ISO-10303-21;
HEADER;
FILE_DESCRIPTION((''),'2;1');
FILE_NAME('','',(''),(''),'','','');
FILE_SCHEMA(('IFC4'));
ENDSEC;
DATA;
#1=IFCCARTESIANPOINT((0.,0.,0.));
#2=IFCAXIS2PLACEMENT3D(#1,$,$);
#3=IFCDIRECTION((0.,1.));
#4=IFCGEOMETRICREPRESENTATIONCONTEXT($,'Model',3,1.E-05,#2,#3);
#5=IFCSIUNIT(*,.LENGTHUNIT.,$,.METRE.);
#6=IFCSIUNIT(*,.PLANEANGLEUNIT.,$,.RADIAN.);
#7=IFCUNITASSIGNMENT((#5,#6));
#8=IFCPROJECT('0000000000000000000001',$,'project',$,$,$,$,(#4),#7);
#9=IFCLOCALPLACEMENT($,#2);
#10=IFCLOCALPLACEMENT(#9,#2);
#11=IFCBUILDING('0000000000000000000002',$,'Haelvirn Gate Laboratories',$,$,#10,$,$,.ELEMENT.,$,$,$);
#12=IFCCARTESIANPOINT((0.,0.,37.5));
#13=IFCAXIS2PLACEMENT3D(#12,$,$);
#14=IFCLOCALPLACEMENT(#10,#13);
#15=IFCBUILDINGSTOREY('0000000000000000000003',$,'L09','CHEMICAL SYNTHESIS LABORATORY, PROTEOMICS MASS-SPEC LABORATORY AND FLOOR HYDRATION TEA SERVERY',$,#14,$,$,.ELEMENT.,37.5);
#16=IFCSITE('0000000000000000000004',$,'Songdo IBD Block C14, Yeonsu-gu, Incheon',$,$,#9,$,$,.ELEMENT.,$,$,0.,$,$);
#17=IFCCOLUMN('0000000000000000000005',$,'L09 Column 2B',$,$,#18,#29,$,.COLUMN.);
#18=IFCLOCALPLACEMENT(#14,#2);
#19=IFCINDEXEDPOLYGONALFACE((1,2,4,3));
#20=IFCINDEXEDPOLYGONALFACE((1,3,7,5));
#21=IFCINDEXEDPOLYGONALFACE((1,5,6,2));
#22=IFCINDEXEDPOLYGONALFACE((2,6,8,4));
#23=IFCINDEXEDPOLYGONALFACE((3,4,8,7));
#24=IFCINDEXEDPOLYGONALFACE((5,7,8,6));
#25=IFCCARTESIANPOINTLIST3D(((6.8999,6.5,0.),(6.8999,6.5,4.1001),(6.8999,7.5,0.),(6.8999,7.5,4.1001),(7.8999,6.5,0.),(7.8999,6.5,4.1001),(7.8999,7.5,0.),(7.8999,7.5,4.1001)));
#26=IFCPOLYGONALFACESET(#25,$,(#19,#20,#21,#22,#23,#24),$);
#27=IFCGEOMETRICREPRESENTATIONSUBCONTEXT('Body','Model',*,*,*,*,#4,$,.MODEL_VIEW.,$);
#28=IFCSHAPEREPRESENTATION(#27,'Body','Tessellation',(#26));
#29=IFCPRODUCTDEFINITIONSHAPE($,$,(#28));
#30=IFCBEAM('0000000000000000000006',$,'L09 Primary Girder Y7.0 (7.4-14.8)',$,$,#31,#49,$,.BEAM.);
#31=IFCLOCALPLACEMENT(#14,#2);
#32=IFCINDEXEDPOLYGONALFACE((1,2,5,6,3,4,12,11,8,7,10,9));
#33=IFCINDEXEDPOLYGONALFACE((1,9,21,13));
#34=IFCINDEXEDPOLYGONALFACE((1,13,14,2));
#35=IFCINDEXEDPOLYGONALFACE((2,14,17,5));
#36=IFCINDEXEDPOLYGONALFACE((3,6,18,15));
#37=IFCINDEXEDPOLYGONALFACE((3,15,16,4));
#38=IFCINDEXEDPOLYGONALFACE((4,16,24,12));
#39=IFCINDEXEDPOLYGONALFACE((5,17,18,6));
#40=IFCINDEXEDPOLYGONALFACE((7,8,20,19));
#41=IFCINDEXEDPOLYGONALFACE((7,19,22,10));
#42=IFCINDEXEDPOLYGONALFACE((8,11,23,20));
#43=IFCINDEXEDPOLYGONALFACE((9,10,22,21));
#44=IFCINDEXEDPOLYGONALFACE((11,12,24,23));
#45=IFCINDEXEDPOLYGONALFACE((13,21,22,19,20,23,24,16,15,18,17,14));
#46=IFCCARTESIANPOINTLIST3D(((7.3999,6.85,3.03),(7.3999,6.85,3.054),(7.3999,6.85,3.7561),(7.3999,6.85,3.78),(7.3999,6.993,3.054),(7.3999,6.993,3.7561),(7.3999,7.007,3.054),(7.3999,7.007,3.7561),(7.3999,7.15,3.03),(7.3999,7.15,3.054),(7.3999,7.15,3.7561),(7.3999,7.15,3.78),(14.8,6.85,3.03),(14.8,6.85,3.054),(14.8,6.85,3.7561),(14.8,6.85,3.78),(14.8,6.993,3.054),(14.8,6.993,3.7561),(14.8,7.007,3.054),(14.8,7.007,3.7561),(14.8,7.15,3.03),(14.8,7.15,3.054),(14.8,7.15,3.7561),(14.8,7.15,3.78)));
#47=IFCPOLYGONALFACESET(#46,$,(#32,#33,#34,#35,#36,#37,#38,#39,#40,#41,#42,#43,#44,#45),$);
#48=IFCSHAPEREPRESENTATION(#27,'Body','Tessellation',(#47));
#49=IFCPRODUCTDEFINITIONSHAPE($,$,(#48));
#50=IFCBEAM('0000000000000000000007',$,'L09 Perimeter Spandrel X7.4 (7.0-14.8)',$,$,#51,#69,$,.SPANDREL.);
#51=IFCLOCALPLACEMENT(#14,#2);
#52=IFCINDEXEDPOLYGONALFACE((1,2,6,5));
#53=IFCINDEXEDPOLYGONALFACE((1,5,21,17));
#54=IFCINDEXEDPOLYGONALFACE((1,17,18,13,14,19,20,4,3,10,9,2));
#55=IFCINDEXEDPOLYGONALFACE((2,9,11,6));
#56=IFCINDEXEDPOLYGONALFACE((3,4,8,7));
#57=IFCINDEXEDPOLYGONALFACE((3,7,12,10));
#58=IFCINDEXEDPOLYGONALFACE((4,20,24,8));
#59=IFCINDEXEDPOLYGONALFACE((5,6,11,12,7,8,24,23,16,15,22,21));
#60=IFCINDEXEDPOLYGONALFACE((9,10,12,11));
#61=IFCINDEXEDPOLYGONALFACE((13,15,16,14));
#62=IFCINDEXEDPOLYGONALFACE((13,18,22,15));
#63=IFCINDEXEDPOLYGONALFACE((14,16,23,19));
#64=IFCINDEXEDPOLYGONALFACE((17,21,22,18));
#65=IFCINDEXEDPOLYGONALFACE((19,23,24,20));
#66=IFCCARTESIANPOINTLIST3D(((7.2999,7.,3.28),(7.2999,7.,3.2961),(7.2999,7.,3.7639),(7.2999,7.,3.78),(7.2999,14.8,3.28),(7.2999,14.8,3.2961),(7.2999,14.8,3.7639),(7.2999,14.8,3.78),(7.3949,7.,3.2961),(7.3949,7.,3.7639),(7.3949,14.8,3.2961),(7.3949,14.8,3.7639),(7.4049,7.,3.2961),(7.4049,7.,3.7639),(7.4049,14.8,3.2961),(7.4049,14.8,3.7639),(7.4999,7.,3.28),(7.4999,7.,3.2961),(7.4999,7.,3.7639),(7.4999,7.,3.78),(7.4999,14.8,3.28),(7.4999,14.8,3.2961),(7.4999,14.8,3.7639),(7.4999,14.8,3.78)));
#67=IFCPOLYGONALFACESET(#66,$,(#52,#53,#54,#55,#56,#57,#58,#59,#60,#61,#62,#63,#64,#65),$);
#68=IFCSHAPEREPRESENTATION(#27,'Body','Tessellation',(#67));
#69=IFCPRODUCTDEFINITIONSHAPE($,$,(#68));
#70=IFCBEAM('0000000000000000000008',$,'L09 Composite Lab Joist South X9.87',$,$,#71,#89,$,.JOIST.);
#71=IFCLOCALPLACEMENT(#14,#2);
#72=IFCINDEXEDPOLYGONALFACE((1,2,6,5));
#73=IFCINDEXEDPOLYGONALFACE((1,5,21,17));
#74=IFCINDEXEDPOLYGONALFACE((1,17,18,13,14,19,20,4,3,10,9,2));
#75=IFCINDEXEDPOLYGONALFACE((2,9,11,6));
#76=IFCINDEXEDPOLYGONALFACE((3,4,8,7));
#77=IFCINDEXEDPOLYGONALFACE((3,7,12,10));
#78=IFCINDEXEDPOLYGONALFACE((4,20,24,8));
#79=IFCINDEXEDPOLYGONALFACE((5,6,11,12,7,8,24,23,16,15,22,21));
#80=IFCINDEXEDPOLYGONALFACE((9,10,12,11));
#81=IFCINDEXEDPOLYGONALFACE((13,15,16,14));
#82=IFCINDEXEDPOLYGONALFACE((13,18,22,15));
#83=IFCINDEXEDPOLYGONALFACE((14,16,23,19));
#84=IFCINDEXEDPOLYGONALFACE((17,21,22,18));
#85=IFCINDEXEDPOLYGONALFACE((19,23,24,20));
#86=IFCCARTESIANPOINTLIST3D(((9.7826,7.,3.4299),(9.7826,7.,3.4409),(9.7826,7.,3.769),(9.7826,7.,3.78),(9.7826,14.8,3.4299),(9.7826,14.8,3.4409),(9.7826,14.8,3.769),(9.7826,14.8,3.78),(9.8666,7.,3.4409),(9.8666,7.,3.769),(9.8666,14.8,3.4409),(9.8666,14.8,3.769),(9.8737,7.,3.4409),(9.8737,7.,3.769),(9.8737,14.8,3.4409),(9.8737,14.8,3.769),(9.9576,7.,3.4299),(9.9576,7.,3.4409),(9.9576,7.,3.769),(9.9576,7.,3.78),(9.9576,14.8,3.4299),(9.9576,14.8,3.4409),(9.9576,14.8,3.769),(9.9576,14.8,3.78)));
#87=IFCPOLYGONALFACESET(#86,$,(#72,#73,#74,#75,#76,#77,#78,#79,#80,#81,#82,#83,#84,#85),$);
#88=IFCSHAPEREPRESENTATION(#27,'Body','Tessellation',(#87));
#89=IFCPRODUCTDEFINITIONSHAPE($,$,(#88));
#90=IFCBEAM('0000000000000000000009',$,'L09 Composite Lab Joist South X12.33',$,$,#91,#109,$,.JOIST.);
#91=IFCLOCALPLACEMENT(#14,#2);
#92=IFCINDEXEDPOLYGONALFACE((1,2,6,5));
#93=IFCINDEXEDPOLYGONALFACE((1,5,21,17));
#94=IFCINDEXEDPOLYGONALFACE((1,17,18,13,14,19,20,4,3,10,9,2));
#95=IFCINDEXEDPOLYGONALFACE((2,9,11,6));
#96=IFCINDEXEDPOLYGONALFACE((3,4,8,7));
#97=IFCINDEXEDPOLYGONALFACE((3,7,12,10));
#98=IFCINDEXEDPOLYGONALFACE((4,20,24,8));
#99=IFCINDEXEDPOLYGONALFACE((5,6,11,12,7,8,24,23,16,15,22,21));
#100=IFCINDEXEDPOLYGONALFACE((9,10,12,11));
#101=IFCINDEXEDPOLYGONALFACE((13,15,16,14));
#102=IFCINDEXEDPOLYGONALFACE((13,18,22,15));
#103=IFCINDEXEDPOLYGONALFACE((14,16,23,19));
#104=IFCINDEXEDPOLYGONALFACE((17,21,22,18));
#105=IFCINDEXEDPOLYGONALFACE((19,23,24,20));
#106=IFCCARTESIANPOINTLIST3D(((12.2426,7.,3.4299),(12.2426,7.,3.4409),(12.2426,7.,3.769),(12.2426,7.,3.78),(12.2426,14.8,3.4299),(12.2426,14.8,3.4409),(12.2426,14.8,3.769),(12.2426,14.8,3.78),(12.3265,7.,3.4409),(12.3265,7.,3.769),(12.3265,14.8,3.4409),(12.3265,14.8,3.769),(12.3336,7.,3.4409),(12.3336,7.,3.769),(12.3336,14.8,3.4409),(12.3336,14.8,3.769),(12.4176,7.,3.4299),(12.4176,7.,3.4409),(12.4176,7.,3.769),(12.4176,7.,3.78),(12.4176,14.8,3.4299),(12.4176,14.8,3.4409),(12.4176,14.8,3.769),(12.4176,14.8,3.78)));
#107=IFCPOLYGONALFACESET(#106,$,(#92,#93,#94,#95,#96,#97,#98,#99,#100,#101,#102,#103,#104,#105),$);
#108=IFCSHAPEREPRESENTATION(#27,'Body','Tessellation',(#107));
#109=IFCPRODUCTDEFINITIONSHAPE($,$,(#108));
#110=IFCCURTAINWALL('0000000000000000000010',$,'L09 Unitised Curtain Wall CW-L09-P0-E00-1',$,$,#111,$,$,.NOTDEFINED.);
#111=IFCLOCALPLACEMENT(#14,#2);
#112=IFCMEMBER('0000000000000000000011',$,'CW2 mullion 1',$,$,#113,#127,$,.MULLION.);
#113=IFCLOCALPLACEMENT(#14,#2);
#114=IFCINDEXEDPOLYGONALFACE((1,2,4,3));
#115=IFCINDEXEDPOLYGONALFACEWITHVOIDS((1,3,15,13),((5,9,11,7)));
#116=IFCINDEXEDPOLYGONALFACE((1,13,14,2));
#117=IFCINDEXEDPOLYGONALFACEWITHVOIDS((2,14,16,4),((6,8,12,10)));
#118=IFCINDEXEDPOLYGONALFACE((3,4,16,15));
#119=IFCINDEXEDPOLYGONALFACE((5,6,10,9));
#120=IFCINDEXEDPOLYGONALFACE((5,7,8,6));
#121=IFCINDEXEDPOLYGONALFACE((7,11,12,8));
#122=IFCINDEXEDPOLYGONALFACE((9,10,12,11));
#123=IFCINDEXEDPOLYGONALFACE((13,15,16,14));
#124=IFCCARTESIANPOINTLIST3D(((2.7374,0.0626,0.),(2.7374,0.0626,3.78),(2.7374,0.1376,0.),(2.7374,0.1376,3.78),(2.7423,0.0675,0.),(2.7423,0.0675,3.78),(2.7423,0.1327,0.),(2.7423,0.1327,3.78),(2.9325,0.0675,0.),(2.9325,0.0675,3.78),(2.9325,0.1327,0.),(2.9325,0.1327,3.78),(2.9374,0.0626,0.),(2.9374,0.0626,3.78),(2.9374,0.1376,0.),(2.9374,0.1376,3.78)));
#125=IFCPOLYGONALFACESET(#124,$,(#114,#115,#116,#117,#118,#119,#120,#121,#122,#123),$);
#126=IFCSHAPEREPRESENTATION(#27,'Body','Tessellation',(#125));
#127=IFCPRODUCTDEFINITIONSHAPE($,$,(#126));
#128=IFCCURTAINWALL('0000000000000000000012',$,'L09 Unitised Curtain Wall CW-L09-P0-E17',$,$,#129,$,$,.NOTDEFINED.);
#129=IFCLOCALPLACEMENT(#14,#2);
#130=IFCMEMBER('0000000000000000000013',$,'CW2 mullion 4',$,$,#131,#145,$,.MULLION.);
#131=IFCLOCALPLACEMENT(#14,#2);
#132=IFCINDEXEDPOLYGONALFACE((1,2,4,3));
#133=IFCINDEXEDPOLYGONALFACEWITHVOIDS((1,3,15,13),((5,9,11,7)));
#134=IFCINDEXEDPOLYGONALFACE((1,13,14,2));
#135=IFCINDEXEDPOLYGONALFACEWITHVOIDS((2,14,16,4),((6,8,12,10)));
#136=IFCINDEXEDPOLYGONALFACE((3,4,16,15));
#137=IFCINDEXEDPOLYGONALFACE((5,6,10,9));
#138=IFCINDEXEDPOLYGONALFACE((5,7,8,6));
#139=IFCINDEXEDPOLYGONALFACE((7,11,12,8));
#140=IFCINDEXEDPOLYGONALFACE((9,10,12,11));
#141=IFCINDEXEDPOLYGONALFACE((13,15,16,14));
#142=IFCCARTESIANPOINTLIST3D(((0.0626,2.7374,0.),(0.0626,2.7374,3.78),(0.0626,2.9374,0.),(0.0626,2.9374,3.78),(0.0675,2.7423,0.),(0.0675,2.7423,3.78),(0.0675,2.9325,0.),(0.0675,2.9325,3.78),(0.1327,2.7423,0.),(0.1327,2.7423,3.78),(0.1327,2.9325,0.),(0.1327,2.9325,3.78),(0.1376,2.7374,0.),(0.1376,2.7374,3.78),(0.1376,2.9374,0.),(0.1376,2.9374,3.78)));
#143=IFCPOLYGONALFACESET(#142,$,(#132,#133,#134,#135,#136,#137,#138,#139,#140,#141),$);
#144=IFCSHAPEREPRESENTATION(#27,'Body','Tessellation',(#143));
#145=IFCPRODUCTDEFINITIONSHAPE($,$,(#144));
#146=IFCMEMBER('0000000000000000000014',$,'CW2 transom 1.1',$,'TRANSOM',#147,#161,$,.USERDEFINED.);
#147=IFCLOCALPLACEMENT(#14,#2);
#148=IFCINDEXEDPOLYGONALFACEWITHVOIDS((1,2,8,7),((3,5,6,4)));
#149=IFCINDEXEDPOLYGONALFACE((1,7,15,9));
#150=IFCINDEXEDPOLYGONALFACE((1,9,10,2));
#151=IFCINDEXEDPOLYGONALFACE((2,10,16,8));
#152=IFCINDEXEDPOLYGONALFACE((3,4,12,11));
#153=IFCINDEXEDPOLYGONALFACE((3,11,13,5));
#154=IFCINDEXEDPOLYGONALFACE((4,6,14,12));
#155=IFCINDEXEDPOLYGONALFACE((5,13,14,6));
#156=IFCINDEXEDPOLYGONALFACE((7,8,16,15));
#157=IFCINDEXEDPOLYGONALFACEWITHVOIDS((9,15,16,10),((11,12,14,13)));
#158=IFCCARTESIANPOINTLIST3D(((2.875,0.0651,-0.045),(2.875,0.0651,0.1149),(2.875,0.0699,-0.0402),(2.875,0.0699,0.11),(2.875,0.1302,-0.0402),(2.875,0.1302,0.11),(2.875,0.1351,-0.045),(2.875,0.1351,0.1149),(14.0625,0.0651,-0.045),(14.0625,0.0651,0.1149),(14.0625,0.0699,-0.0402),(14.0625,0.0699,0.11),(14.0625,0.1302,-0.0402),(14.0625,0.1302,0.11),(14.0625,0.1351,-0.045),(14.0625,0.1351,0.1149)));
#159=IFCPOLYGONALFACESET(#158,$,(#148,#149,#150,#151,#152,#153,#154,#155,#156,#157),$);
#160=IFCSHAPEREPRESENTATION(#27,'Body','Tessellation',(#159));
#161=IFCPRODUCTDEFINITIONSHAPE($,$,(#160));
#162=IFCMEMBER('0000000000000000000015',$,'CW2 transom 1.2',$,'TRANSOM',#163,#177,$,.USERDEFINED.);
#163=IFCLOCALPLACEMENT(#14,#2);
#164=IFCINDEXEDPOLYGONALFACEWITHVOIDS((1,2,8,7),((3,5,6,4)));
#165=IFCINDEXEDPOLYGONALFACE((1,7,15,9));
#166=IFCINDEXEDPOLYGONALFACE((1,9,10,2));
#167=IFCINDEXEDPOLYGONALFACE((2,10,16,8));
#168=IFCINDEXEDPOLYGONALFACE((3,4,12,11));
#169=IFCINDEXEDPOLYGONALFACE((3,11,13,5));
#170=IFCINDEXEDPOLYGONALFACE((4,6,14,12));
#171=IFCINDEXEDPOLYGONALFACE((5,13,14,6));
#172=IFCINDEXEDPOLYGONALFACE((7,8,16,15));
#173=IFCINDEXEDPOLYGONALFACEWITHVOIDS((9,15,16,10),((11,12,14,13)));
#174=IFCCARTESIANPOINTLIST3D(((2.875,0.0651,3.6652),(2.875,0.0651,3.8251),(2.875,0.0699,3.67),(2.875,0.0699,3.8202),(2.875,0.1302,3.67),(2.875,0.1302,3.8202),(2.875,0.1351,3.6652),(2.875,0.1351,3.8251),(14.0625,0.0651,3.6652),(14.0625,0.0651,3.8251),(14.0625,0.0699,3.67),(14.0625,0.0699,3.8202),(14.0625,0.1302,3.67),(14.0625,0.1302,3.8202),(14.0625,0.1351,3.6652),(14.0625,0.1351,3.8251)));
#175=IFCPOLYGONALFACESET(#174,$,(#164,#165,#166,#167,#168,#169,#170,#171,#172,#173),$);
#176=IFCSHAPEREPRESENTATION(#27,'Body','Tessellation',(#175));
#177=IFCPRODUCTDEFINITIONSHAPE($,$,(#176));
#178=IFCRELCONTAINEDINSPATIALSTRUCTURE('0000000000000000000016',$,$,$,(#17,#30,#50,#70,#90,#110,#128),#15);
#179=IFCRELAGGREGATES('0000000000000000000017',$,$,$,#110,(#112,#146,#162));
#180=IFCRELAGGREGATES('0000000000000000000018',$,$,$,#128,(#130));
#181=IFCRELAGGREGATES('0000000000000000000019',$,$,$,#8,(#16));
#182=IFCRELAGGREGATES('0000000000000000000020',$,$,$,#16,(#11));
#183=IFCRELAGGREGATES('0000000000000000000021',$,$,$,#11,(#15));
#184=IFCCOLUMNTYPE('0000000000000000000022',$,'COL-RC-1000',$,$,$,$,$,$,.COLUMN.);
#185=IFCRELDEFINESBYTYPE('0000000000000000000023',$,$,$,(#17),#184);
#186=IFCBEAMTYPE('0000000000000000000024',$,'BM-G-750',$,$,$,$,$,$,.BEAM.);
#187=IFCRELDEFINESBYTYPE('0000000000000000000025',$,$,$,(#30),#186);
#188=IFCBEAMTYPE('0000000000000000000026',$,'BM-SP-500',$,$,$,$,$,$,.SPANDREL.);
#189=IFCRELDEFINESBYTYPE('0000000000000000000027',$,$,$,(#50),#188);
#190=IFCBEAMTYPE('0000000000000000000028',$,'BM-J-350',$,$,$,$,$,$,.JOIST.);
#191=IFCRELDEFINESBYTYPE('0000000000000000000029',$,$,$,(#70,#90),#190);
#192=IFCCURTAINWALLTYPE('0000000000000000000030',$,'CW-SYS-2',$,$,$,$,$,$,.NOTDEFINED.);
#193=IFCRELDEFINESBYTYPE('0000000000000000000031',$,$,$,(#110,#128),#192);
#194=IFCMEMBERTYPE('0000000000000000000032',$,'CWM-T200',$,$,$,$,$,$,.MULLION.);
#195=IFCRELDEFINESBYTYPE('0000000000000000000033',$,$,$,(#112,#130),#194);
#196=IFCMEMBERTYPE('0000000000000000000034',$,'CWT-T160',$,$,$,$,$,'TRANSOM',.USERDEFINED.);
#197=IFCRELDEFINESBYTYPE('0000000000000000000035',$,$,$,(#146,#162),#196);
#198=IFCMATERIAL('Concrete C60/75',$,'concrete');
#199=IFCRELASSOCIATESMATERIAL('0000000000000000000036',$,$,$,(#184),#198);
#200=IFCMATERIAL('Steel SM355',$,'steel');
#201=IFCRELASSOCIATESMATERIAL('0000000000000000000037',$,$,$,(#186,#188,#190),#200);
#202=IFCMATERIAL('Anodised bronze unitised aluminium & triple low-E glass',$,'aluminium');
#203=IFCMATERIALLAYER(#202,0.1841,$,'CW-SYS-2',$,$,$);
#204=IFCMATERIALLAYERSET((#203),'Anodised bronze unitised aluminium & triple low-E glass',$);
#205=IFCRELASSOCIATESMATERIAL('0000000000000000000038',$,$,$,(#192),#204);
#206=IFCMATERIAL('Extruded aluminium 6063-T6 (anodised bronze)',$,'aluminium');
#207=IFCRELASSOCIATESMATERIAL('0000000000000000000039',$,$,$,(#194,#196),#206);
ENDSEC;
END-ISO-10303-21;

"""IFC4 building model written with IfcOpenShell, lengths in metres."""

from ifc_helpers import new_model, si_unit, direction, frame, origin, origin_2d, place, context, subcontext, project, spatial, rectangle, hollow_rectangle, i_section, extrude, source, transform, mapped, material, layer, layer_set, material_profile, profile_set, type_object, type_shapes, element, aggregate, save


model = new_model("IFC4")

# Units and contexts
model_context = context("Model", 3, precision=1e-05, world=origin(), true_north=direction((0.0, 1.0)))
body_context = subcontext(model_context, "Body", "Model", "MODEL_VIEW")
ifc_project = project(units=[si_unit("LENGTHUNIT", "METRE"), si_unit("PLANEANGLEUNIT", "RADIAN")], contexts=[model_context])

# Site, building, storey
site_placement = place(None, origin())
site = spatial("IfcSite", under=ifc_project, at=site_placement, Name="Songdo IBD Block C14, Yeonsu-gu, Incheon", CompositionType="ELEMENT", RefElevation=0.0)
building_placement = place(site_placement, origin())
building = spatial("IfcBuilding", under=site, at=building_placement, Name="Haelvirn Gate Laboratories", CompositionType="ELEMENT")
storey_placement = place(building_placement, frame((0.0, 0.0, 37.5)))
storey = spatial("IfcBuildingStorey", under=building, at=storey_placement, Name="L09", Description="CHEMICAL SYNTHESIS LABORATORY, PROTEOMICS MASS-SPEC LABORATORY AND FLOOR HYDRATION TEA SERVERY", CompositionType="ELEMENT", Elevation=37.5)

# Column
ifc_material_1 = material(Name="Concrete C60/75", Category="concrete")
ifc_material_profile_1 = material_profile(ifc_material_1, rectangle(XDim=1.0, YDim=1.0, at=origin_2d()), Name="RC-1000x1000")
ifc_profile_set_1 = profile_set([ifc_material_profile_1], Name="Concrete C60/75")
column_type = type_object("IfcColumnType", Name="COL-RC-1000", PredefinedType="COLUMN", material=ifc_profile_set_1)
shared_shape_1 = source(origin(), body_context, "Body", "SweptSolid", [
    extrude(rectangle(XDim=1.0, YDim=1.0, at=origin_2d()), origin(), (0.0, 0.0, 1.0), 4.1001),
])
type_shapes(column_type, [shared_shape_1])
column_placement = place(storey_placement, frame((7.3999, 7.0, 0.0), z_axis=(0.0, 0.0, 1.0), x_axis=(1.0, 0.0, 0.0)))
element("IfcColumn", 1, at=column_placement, inside=storey, type_object=column_type, Name="L09 Column 2B", PredefinedType="COLUMN", context=body_context, shape_type="MappedRepresentation", body=[
    mapped(shared_shape_1, transform((0.0, 0.0, 0.0), scale=1.0)),
])

# Beams
ifc_material_2 = material(Name="Steel SM355", Category="steel")
ifc_material_profile_2 = material_profile(ifc_material_2, i_section(OverallWidth=0.3, OverallDepth=0.75, WebThickness=0.0139, FlangeThickness=0.0239, at=origin_2d()), Name="H-750x300x14x24")
ifc_profile_set_2 = profile_set([ifc_material_profile_2], Name="Steel SM355")
beam_type_1 = type_object("IfcBeamType", Name="BM-G-750", PredefinedType="BEAM", material=ifc_profile_set_2)
shared_shape_2 = source(origin(), body_context, "Body", "SweptSolid", [
    extrude(i_section(OverallWidth=0.3, OverallDepth=0.75, WebThickness=0.0139, FlangeThickness=0.0239, at=origin_2d()), origin(), (0.0, 0.0, 1.0), 7.4001),
])
type_shapes(beam_type_1, [shared_shape_2])
beam_1_placement = place(storey_placement, frame((7.3999, 7.0, 3.405), z_axis=(1.0, 0.0, 0.0), x_axis=(0.0, 1.0, 0.0)))
element("IfcBeam", 2, at=beam_1_placement, inside=storey, type_object=beam_type_1, Name="L09 Primary Girder Y7.0 (7.4-14.8)", PredefinedType="BEAM", context=body_context, shape_type="MappedRepresentation", body=[
    mapped(shared_shape_2, transform((0.0, 0.0, 0.0), scale=1.0)),
])
ifc_material_profile_3 = material_profile(ifc_material_2, i_section(OverallWidth=0.2, OverallDepth=0.5, WebThickness=0.01, FlangeThickness=0.0161, at=origin_2d()), Name="H-500x200x10x16")
ifc_profile_set_3 = profile_set([ifc_material_profile_3], Name="Steel SM355")
beam_type_2 = type_object("IfcBeamType", Name="BM-SP-500", PredefinedType="SPANDREL", material=ifc_profile_set_3)
shared_shape_3 = source(origin(), body_context, "Body", "SweptSolid", [
    extrude(i_section(OverallWidth=0.2, OverallDepth=0.5, WebThickness=0.01, FlangeThickness=0.0161, at=origin_2d()), origin(), (0.0, 0.0, 1.0), 7.8),
])
type_shapes(beam_type_2, [shared_shape_3])
beam_2_placement = place(storey_placement, frame((7.3999, 7.0, 3.53), z_axis=(0.0, 1.0, 0.0), x_axis=(-1.0, 0.0, 0.0)))
element("IfcBeam", 3, at=beam_2_placement, inside=storey, type_object=beam_type_2, Name="L09 Perimeter Spandrel X7.4 (7.0-14.8)", PredefinedType="SPANDREL", context=body_context, shape_type="MappedRepresentation", body=[
    mapped(shared_shape_3, transform((0.0, 0.0, 0.0), scale=1.0)),
])
ifc_material_profile_4 = material_profile(ifc_material_2, i_section(OverallWidth=0.175, OverallDepth=0.3501, WebThickness=0.0071, FlangeThickness=0.011, at=origin_2d()), Name="H-350x175x7x11")
ifc_profile_set_4 = profile_set([ifc_material_profile_4], Name="Steel SM355")
beam_type_3 = type_object("IfcBeamType", Name="BM-J-350", PredefinedType="JOIST", material=ifc_profile_set_4)
shared_shape_4 = source(origin(), body_context, "Body", "SweptSolid", [
    extrude(i_section(OverallWidth=0.175, OverallDepth=0.3501, WebThickness=0.0071, FlangeThickness=0.011, at=origin_2d()), origin(), (0.0, 0.0, 1.0), 7.8),
])
type_shapes(beam_type_3, [shared_shape_4])
for number, where, z_axis, x_axis, name in (
    (4, (9.8701, 7.0, 3.605), (0.0, 1.0, 0.0), (-1.0, 0.0, 0.0), "L09 Composite Lab Joist South X9.87"),
    (5, (12.3301, 7.0, 3.605), (0.0, 1.0, 0.0), (-1.0, 0.0, 0.0), "L09 Composite Lab Joist South X12.33"),
):
    element("IfcBeam", number, at=place(storey_placement, frame(where, z_axis=z_axis, x_axis=x_axis)), inside=storey, type_object=beam_type_3, Name=name, PredefinedType="JOIST", context=body_context, shape_type="MappedRepresentation", body=[
        mapped(shared_shape_4, transform((0.0, 0.0, 0.0), scale=1.0)),
    ])

# Curtain walls, members
ifc_material_3 = material(Name="Anodised bronze unitised aluminium & triple low-E glass", Category="aluminium")
ifc_layer_1 = layer(ifc_material_3, 0.1841, Name="CW-SYS-2")
ifc_layer_set_1 = layer_set([ifc_layer_1], Name="Anodised bronze unitised aluminium & triple low-E glass")
curtain_wall_type_1 = type_object("IfcCurtainWallType", Name="CW-SYS-2", PredefinedType="NOTDEFINED", material=ifc_layer_set_1)
curtain_wall_1_placement = place(storey_placement, origin())
curtain_wall_1 = element("IfcCurtainWall", 6, at=curtain_wall_1_placement, inside=storey, type_object=curtain_wall_type_1, Name="L09 Unitised Curtain Wall CW-L09-P0-E00-1", PredefinedType="NOTDEFINED")
ifc_material_4 = material(Name="Extruded aluminium 6063-T6 (anodised bronze)", Category="aluminium")
ifc_material_profile_5 = material_profile(ifc_material_4, hollow_rectangle(XDim=0.075, YDim=0.2, WallThickness=0.0049, at=origin_2d()), Name="CWM-200x75x5")
ifc_profile_set_5 = profile_set([ifc_material_profile_5], Name="Extruded aluminium 6063-T6 (anodised bronze)")
member_type_1 = type_object("IfcMemberType", Name="CWM-T200", PredefinedType="MULLION", material=ifc_profile_set_5)
shared_shape_5 = source(origin(), body_context, "Body", "SweptSolid", [
    extrude(hollow_rectangle(XDim=0.075, YDim=0.2, WallThickness=0.0049, at=origin_2d()), origin(), (0.0, 0.0, 1.0), 3.78),
])
type_shapes(member_type_1, [shared_shape_5])
member_1_placement = place(storey_placement, frame((2.8374, 0.1001, 0.0), z_axis=(0.0, 0.0, 1.0), x_axis=(0.0, 1.0, 0.0)))
member_1 = element("IfcMember", 7, at=member_1_placement, type_object=member_type_1, Name="CW2 mullion 1", PredefinedType="MULLION", context=body_context, shape_type="MappedRepresentation", body=[
    mapped(shared_shape_5, transform((0.0, 0.0, 0.0), scale=1.0)),
])
curtain_wall_2_placement = place(storey_placement, origin())
curtain_wall_2 = element("IfcCurtainWall", 8, at=curtain_wall_2_placement, inside=storey, type_object=curtain_wall_type_1, Name="L09 Unitised Curtain Wall CW-L09-P0-E17", PredefinedType="NOTDEFINED")
member_2_placement = place(storey_placement, frame((0.1001, 2.8374, 0.0), z_axis=(0.0, 0.0, 1.0), x_axis=(1.0, 0.0, 0.0)))
member_2 = element("IfcMember", 9, at=member_2_placement, type_object=member_type_1, Name="CW2 mullion 4", PredefinedType="MULLION", context=body_context, shape_type="MappedRepresentation", body=[
    mapped(shared_shape_5, transform((0.0, 0.0, 0.0), scale=1.0)),
])

# Members
ifc_material_profile_6 = material_profile(ifc_material_4, hollow_rectangle(XDim=0.0701, YDim=0.1599, WallThickness=0.0049, at=origin_2d()), Name="CWT-160x70x5")
ifc_profile_set_6 = profile_set([ifc_material_profile_6], Name="Extruded aluminium 6063-T6 (anodised bronze)")
member_type_2 = type_object("IfcMemberType", Name="CWT-T160", ElementType="TRANSOM", PredefinedType="USERDEFINED", material=ifc_profile_set_6)
shared_shape_6 = source(origin(), body_context, "Body", "SweptSolid", [
    extrude(hollow_rectangle(XDim=0.0701, YDim=0.1599, WallThickness=0.0049, at=origin_2d()), origin(), (0.0, 0.0, 1.0), 11.1875),
])
type_shapes(member_type_2, [shared_shape_6])
member_3_placement = place(storey_placement, frame((2.875, 0.1001, 0.0349), z_axis=(1.0, 0.0, 0.0), x_axis=(0.0, 1.0, 0.0)))
member_3 = element("IfcMember", 10, at=member_3_placement, type_object=member_type_2, Name="CW2 transom 1.1", ObjectType="TRANSOM", PredefinedType="USERDEFINED", context=body_context, shape_type="MappedRepresentation", body=[
    mapped(shared_shape_6, transform((0.0, 0.0, 0.0), scale=1.0)),
])
member_4_placement = place(storey_placement, frame((2.875, 0.1001, 3.7451), z_axis=(1.0, 0.0, 0.0), x_axis=(0.0, 1.0, 0.0)))
member_4 = element("IfcMember", 11, at=member_4_placement, type_object=member_type_2, Name="CW2 transom 1.2", ObjectType="TRANSOM", PredefinedType="USERDEFINED", context=body_context, shape_type="MappedRepresentation", body=[
    mapped(shared_shape_6, transform((0.0, 0.0, 0.0), scale=1.0)),
])

aggregate(curtain_wall_1, [member_1, member_3, member_4])
aggregate(curtain_wall_2, [member_2])

save(model, "model.ifc")
